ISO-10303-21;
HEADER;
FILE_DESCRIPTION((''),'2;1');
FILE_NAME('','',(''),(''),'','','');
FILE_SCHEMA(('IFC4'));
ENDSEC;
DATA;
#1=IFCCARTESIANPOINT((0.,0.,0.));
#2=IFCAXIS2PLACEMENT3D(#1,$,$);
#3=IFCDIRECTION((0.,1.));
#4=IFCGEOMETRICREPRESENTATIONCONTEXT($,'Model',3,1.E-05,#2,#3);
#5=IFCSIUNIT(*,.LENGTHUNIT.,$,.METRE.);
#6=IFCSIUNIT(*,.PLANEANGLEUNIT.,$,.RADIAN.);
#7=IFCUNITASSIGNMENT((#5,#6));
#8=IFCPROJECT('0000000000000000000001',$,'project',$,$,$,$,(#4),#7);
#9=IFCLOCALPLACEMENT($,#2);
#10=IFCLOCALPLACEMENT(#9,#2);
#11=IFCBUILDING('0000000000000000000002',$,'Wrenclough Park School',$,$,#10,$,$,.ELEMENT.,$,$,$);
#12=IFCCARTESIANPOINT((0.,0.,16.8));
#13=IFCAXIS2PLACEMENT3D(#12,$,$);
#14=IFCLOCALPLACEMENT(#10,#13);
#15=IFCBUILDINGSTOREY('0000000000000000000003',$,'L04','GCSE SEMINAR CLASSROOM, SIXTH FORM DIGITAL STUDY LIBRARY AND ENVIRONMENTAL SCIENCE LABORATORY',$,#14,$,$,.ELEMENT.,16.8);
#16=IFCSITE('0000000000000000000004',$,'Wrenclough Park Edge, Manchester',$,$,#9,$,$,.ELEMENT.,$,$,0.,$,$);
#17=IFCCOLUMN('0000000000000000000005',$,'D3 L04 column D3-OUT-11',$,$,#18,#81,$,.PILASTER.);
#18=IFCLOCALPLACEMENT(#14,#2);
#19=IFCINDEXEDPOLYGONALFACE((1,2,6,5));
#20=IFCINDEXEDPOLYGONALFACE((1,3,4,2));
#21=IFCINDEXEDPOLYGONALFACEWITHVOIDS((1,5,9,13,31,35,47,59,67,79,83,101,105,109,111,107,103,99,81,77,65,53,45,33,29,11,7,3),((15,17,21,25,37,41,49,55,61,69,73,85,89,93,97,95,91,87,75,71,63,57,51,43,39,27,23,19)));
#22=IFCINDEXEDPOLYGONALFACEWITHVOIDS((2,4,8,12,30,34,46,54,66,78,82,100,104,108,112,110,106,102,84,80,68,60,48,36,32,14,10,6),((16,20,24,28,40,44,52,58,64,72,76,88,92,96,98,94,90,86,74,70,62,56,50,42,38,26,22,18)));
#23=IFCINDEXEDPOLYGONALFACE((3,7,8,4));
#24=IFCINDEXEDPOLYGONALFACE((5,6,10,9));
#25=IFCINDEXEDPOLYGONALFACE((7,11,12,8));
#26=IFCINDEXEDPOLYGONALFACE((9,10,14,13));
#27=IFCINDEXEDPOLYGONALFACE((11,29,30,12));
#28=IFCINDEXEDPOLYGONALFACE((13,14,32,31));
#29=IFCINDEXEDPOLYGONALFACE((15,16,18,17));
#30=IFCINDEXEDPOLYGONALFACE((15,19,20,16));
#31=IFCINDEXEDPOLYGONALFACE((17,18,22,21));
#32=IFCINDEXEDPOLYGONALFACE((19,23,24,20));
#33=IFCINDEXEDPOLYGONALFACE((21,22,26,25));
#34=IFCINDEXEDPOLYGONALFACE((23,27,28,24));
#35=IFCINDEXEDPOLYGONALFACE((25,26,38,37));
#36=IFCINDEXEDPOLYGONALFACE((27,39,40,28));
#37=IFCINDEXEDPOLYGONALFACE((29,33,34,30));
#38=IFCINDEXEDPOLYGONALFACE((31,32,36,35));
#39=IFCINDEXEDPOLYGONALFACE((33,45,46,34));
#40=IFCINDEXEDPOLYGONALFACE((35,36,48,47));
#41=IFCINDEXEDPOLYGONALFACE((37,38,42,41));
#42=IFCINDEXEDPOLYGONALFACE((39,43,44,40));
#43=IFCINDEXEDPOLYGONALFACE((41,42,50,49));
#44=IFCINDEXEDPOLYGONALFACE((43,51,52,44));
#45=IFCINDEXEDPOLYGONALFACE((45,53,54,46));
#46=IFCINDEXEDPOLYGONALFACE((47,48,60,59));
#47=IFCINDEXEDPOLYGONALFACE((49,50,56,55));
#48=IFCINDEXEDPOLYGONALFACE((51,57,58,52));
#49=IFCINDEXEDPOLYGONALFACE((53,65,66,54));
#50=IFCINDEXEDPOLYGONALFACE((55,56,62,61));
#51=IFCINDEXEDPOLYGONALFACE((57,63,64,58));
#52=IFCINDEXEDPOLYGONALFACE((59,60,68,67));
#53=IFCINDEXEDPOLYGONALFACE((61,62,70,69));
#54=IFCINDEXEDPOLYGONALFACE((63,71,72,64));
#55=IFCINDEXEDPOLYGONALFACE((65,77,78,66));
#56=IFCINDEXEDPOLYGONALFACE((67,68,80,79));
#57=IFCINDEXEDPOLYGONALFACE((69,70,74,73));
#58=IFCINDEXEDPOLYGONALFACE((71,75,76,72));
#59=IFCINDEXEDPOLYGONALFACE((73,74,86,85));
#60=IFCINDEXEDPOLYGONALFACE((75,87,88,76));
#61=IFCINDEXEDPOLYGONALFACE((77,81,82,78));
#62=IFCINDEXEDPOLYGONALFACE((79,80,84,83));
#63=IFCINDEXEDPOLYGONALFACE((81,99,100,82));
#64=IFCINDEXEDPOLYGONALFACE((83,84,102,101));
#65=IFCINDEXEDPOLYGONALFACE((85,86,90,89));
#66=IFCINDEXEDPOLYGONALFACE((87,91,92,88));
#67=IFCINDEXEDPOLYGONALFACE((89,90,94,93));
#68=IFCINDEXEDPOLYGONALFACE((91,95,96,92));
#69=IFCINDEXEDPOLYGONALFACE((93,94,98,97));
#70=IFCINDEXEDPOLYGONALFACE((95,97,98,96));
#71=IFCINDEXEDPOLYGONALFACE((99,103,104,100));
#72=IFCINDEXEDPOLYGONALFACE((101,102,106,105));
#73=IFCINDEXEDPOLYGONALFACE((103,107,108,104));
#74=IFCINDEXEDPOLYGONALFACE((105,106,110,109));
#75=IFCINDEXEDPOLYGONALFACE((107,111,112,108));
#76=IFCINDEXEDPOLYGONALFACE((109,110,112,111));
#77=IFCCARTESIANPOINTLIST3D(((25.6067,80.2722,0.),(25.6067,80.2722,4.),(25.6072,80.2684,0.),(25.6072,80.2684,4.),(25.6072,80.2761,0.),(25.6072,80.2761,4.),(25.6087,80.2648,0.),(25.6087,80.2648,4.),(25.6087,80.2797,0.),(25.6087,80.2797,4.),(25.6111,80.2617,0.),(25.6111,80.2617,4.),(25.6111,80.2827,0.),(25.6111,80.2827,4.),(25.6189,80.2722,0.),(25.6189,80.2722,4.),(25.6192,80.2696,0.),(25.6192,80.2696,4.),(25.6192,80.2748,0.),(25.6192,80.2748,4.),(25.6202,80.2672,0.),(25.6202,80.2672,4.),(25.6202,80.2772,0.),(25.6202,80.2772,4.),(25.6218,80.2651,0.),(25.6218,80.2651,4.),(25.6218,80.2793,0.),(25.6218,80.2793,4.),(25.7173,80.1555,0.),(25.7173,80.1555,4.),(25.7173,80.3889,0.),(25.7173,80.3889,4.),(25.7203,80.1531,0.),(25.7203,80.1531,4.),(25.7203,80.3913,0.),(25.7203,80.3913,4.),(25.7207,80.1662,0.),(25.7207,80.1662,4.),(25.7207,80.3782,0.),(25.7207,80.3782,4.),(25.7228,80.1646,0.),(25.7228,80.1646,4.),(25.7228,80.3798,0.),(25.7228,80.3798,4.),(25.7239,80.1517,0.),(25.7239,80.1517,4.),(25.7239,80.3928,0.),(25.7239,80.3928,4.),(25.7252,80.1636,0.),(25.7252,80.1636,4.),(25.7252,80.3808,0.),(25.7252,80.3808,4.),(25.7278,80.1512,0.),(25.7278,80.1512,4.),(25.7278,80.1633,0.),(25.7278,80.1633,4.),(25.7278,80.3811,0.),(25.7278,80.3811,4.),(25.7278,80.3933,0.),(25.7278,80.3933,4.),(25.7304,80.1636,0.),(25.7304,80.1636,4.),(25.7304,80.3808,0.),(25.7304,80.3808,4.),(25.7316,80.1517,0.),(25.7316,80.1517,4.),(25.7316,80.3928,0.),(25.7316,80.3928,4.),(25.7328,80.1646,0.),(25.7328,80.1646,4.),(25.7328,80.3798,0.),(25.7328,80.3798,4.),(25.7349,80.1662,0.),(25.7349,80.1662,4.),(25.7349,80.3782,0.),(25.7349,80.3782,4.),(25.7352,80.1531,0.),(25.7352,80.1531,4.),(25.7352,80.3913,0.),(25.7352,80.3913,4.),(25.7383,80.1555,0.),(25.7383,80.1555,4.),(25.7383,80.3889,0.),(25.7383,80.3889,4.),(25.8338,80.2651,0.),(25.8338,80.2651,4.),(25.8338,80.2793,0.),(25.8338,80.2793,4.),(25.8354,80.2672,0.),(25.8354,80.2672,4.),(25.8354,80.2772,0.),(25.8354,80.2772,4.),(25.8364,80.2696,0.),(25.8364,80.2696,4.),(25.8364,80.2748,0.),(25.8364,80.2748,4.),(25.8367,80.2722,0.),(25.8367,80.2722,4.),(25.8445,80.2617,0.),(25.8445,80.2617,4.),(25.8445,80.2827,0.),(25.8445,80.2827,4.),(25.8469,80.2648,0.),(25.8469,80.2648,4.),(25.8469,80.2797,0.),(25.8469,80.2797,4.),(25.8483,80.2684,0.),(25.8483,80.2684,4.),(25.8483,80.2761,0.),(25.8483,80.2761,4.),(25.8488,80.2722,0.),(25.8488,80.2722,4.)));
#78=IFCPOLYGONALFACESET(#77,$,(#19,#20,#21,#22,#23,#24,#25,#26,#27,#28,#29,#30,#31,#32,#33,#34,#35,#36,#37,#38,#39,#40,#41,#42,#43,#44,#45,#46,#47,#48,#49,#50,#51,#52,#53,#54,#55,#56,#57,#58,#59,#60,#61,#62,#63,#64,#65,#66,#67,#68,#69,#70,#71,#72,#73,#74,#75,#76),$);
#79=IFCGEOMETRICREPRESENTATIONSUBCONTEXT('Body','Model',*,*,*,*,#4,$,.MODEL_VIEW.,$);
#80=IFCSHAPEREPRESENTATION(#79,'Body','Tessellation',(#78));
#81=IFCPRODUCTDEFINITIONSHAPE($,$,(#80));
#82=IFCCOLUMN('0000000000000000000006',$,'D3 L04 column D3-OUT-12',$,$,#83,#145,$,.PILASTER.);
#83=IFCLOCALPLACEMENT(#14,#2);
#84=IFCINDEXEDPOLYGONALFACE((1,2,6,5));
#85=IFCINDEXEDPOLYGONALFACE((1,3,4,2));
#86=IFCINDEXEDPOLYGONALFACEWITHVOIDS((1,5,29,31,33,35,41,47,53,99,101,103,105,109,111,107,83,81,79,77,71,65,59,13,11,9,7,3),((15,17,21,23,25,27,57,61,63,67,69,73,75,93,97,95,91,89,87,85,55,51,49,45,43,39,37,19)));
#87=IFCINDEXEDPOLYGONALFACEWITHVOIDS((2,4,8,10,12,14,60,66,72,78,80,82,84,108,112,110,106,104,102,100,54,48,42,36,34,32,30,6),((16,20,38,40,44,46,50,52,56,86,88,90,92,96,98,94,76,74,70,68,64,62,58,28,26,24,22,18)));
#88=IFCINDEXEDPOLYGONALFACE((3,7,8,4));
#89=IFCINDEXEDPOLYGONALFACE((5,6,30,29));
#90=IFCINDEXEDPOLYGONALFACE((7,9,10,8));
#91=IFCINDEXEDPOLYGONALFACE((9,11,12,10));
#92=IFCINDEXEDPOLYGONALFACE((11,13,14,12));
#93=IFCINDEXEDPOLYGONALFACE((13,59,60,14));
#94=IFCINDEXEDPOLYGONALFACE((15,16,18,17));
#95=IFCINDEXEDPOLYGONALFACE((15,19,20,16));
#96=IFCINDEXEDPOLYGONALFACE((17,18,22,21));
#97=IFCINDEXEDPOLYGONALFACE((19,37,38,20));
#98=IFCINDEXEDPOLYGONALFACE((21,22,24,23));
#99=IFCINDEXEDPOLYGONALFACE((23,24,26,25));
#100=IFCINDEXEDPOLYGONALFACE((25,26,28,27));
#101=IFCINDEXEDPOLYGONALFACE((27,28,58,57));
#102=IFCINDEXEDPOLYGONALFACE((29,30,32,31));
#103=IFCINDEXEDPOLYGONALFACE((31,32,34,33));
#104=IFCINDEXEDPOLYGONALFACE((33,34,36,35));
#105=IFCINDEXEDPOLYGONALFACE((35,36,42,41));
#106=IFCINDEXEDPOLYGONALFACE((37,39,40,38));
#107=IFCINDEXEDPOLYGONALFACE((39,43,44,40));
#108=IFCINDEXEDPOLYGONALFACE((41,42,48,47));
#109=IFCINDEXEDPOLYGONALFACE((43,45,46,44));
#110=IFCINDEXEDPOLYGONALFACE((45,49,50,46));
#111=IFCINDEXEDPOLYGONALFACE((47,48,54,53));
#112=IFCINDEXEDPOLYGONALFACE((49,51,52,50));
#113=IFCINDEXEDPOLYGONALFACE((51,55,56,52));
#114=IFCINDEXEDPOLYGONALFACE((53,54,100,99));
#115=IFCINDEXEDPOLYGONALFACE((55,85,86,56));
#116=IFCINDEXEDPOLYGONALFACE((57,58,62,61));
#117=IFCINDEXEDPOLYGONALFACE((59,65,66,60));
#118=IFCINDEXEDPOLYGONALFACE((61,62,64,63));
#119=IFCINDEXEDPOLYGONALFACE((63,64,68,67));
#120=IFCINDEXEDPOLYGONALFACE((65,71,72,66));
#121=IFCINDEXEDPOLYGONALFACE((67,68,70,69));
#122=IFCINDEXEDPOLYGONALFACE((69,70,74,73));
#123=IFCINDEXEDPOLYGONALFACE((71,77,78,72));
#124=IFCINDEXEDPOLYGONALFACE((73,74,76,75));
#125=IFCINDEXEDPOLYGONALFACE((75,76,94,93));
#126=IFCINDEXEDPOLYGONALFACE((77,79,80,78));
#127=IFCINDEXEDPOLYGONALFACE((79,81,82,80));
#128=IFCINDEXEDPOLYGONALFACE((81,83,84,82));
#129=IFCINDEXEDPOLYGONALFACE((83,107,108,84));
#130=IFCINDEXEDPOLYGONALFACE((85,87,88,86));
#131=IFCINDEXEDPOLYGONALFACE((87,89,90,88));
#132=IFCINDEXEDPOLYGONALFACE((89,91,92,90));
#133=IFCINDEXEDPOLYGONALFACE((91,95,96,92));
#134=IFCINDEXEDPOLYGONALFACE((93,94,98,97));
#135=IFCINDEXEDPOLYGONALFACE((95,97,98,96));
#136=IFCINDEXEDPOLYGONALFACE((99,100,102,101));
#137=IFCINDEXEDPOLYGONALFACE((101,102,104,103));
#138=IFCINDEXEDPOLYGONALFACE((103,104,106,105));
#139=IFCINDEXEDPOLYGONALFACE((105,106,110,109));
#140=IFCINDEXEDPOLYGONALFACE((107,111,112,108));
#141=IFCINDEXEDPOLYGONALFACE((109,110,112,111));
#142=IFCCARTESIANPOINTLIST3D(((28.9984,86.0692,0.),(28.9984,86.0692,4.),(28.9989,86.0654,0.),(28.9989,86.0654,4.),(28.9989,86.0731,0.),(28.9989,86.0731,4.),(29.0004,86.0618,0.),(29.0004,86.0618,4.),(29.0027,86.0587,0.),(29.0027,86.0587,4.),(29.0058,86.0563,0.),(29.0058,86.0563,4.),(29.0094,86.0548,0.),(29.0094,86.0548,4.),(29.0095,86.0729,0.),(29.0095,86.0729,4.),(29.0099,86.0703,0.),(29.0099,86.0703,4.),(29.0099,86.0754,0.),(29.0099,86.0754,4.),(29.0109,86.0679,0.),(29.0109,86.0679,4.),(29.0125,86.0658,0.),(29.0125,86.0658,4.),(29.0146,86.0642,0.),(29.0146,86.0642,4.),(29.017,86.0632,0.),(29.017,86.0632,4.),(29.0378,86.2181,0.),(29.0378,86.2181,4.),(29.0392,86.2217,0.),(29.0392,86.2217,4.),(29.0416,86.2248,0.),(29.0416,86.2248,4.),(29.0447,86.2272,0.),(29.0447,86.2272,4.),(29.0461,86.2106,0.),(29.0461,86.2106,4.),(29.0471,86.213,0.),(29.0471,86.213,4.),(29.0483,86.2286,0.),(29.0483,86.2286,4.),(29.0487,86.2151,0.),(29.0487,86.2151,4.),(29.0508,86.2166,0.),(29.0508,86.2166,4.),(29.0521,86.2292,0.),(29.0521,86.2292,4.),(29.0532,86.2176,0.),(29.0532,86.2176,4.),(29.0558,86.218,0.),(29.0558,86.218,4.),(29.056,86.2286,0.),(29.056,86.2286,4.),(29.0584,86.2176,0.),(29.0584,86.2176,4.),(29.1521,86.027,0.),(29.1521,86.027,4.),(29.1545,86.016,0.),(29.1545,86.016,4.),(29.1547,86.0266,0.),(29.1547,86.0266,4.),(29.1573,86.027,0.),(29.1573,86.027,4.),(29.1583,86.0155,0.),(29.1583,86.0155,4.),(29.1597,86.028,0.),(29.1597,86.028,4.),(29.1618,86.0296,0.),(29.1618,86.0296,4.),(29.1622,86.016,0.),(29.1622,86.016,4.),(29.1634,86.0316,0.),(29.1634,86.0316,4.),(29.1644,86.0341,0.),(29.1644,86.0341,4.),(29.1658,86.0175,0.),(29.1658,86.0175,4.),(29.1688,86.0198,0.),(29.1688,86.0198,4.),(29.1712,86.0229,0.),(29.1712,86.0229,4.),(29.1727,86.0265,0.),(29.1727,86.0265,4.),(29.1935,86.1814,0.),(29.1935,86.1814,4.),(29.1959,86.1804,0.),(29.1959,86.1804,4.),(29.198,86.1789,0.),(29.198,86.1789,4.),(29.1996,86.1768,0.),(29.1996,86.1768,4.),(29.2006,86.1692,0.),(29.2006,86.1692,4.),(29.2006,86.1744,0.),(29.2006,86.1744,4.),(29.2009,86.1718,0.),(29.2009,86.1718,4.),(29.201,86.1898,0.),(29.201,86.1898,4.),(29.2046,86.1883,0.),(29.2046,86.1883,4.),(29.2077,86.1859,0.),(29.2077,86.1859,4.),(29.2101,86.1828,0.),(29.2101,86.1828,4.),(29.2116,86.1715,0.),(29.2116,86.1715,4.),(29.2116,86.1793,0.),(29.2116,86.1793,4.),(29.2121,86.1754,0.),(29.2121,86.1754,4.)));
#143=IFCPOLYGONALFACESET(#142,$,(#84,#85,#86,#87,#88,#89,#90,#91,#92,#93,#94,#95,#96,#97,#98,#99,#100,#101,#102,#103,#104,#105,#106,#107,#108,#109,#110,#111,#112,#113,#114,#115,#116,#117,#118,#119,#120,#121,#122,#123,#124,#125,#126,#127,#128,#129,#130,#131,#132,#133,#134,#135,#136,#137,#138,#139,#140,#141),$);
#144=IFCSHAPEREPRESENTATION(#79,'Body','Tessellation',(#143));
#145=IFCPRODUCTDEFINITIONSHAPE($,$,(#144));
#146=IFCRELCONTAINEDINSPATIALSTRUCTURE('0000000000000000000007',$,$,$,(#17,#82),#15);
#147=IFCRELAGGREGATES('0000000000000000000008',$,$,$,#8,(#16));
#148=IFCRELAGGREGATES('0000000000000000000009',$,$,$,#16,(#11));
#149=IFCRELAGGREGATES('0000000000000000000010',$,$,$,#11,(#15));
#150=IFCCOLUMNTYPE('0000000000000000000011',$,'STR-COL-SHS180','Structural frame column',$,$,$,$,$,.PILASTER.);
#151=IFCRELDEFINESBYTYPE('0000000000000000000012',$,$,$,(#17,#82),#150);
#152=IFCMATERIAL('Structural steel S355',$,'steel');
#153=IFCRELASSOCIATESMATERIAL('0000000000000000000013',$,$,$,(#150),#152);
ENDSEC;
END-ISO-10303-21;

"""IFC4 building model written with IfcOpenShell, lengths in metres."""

from ifc_helpers import new_model, si_unit, direction, frame, origin, origin_2d, place, context, subcontext, project, spatial, hollow_rectangle, extrude, material, material_profile, profile_set, type_object, element, save


model = new_model("IFC4")

# Units and contexts
model_context = context("Model", 3, precision=1e-05, world=origin(), true_north=direction((0.0, 1.0)))
body_context = subcontext(model_context, "Body", "Model", "MODEL_VIEW")
ifc_project = project(units=[si_unit("LENGTHUNIT", "METRE"), si_unit("PLANEANGLEUNIT", "RADIAN")], contexts=[model_context])

# Site, building, storey
site_placement = place(None, origin())
site = spatial("IfcSite", under=ifc_project, at=site_placement, Name="Wrenclough Park Edge, Manchester", CompositionType="ELEMENT", RefElevation=0.0)
building_placement = place(site_placement, origin())
building = spatial("IfcBuilding", under=site, at=building_placement, Name="Wrenclough Park School", CompositionType="ELEMENT")
storey_placement = place(building_placement, frame((0.0, 0.0, 16.8)))
storey = spatial("IfcBuildingStorey", under=building, at=storey_placement, Name="L04", Description="GCSE SEMINAR CLASSROOM, SIXTH FORM DIGITAL STUDY LIBRARY AND ENVIRONMENTAL SCIENCE LABORATORY", CompositionType="ELEMENT", Elevation=16.8)

# Columns
ifc_material_1 = material(Name="Structural steel S355", Category="steel")
ifc_material_profile_1 = material_profile(ifc_material_1, hollow_rectangle(XDim=0.1799, YDim=0.1799, WallThickness=0.01, InnerFilletRadius=0.01, OuterFilletRadius=0.0149, at=origin_2d()), Name="SHS 180x180x10.0")
ifc_profile_set_1 = profile_set([ifc_material_profile_1], Name="Structural steel S355")
column_type = type_object("IfcColumnType", Name="STR-COL-SHS180", Description="Structural frame column", PredefinedType="PILASTER", material=ifc_profile_set_1)
for number, where, z_axis, x_axis, name in (
    (1, (25.7278, 80.2722, 0.0), (0.0, 0.0, 1.0), (0.707107, 0.707107, 0.0), "D3 L04 column D3-OUT-11"),
    (2, (29.1052, 86.1223, 0.0), (0.0, 0.0, 1.0), (0.258819, 0.965926, 0.0), "D3 L04 column D3-OUT-12"),
):
    element("IfcColumn", number, at=place(storey_placement, frame(where, z_axis=z_axis, x_axis=x_axis)), inside=storey, type_object=column_type, Name=name, PredefinedType="PILASTER", context=body_context, shape_type="SweptSolid", body=[
        extrude(hollow_rectangle(XDim=0.1799, YDim=0.1799, WallThickness=0.01, InnerFilletRadius=0.01, OuterFilletRadius=0.0149, at=origin_2d()), origin(), (0.0, 0.0, 1.0), 4.0),
    ])

save(model, "model.ifc")
